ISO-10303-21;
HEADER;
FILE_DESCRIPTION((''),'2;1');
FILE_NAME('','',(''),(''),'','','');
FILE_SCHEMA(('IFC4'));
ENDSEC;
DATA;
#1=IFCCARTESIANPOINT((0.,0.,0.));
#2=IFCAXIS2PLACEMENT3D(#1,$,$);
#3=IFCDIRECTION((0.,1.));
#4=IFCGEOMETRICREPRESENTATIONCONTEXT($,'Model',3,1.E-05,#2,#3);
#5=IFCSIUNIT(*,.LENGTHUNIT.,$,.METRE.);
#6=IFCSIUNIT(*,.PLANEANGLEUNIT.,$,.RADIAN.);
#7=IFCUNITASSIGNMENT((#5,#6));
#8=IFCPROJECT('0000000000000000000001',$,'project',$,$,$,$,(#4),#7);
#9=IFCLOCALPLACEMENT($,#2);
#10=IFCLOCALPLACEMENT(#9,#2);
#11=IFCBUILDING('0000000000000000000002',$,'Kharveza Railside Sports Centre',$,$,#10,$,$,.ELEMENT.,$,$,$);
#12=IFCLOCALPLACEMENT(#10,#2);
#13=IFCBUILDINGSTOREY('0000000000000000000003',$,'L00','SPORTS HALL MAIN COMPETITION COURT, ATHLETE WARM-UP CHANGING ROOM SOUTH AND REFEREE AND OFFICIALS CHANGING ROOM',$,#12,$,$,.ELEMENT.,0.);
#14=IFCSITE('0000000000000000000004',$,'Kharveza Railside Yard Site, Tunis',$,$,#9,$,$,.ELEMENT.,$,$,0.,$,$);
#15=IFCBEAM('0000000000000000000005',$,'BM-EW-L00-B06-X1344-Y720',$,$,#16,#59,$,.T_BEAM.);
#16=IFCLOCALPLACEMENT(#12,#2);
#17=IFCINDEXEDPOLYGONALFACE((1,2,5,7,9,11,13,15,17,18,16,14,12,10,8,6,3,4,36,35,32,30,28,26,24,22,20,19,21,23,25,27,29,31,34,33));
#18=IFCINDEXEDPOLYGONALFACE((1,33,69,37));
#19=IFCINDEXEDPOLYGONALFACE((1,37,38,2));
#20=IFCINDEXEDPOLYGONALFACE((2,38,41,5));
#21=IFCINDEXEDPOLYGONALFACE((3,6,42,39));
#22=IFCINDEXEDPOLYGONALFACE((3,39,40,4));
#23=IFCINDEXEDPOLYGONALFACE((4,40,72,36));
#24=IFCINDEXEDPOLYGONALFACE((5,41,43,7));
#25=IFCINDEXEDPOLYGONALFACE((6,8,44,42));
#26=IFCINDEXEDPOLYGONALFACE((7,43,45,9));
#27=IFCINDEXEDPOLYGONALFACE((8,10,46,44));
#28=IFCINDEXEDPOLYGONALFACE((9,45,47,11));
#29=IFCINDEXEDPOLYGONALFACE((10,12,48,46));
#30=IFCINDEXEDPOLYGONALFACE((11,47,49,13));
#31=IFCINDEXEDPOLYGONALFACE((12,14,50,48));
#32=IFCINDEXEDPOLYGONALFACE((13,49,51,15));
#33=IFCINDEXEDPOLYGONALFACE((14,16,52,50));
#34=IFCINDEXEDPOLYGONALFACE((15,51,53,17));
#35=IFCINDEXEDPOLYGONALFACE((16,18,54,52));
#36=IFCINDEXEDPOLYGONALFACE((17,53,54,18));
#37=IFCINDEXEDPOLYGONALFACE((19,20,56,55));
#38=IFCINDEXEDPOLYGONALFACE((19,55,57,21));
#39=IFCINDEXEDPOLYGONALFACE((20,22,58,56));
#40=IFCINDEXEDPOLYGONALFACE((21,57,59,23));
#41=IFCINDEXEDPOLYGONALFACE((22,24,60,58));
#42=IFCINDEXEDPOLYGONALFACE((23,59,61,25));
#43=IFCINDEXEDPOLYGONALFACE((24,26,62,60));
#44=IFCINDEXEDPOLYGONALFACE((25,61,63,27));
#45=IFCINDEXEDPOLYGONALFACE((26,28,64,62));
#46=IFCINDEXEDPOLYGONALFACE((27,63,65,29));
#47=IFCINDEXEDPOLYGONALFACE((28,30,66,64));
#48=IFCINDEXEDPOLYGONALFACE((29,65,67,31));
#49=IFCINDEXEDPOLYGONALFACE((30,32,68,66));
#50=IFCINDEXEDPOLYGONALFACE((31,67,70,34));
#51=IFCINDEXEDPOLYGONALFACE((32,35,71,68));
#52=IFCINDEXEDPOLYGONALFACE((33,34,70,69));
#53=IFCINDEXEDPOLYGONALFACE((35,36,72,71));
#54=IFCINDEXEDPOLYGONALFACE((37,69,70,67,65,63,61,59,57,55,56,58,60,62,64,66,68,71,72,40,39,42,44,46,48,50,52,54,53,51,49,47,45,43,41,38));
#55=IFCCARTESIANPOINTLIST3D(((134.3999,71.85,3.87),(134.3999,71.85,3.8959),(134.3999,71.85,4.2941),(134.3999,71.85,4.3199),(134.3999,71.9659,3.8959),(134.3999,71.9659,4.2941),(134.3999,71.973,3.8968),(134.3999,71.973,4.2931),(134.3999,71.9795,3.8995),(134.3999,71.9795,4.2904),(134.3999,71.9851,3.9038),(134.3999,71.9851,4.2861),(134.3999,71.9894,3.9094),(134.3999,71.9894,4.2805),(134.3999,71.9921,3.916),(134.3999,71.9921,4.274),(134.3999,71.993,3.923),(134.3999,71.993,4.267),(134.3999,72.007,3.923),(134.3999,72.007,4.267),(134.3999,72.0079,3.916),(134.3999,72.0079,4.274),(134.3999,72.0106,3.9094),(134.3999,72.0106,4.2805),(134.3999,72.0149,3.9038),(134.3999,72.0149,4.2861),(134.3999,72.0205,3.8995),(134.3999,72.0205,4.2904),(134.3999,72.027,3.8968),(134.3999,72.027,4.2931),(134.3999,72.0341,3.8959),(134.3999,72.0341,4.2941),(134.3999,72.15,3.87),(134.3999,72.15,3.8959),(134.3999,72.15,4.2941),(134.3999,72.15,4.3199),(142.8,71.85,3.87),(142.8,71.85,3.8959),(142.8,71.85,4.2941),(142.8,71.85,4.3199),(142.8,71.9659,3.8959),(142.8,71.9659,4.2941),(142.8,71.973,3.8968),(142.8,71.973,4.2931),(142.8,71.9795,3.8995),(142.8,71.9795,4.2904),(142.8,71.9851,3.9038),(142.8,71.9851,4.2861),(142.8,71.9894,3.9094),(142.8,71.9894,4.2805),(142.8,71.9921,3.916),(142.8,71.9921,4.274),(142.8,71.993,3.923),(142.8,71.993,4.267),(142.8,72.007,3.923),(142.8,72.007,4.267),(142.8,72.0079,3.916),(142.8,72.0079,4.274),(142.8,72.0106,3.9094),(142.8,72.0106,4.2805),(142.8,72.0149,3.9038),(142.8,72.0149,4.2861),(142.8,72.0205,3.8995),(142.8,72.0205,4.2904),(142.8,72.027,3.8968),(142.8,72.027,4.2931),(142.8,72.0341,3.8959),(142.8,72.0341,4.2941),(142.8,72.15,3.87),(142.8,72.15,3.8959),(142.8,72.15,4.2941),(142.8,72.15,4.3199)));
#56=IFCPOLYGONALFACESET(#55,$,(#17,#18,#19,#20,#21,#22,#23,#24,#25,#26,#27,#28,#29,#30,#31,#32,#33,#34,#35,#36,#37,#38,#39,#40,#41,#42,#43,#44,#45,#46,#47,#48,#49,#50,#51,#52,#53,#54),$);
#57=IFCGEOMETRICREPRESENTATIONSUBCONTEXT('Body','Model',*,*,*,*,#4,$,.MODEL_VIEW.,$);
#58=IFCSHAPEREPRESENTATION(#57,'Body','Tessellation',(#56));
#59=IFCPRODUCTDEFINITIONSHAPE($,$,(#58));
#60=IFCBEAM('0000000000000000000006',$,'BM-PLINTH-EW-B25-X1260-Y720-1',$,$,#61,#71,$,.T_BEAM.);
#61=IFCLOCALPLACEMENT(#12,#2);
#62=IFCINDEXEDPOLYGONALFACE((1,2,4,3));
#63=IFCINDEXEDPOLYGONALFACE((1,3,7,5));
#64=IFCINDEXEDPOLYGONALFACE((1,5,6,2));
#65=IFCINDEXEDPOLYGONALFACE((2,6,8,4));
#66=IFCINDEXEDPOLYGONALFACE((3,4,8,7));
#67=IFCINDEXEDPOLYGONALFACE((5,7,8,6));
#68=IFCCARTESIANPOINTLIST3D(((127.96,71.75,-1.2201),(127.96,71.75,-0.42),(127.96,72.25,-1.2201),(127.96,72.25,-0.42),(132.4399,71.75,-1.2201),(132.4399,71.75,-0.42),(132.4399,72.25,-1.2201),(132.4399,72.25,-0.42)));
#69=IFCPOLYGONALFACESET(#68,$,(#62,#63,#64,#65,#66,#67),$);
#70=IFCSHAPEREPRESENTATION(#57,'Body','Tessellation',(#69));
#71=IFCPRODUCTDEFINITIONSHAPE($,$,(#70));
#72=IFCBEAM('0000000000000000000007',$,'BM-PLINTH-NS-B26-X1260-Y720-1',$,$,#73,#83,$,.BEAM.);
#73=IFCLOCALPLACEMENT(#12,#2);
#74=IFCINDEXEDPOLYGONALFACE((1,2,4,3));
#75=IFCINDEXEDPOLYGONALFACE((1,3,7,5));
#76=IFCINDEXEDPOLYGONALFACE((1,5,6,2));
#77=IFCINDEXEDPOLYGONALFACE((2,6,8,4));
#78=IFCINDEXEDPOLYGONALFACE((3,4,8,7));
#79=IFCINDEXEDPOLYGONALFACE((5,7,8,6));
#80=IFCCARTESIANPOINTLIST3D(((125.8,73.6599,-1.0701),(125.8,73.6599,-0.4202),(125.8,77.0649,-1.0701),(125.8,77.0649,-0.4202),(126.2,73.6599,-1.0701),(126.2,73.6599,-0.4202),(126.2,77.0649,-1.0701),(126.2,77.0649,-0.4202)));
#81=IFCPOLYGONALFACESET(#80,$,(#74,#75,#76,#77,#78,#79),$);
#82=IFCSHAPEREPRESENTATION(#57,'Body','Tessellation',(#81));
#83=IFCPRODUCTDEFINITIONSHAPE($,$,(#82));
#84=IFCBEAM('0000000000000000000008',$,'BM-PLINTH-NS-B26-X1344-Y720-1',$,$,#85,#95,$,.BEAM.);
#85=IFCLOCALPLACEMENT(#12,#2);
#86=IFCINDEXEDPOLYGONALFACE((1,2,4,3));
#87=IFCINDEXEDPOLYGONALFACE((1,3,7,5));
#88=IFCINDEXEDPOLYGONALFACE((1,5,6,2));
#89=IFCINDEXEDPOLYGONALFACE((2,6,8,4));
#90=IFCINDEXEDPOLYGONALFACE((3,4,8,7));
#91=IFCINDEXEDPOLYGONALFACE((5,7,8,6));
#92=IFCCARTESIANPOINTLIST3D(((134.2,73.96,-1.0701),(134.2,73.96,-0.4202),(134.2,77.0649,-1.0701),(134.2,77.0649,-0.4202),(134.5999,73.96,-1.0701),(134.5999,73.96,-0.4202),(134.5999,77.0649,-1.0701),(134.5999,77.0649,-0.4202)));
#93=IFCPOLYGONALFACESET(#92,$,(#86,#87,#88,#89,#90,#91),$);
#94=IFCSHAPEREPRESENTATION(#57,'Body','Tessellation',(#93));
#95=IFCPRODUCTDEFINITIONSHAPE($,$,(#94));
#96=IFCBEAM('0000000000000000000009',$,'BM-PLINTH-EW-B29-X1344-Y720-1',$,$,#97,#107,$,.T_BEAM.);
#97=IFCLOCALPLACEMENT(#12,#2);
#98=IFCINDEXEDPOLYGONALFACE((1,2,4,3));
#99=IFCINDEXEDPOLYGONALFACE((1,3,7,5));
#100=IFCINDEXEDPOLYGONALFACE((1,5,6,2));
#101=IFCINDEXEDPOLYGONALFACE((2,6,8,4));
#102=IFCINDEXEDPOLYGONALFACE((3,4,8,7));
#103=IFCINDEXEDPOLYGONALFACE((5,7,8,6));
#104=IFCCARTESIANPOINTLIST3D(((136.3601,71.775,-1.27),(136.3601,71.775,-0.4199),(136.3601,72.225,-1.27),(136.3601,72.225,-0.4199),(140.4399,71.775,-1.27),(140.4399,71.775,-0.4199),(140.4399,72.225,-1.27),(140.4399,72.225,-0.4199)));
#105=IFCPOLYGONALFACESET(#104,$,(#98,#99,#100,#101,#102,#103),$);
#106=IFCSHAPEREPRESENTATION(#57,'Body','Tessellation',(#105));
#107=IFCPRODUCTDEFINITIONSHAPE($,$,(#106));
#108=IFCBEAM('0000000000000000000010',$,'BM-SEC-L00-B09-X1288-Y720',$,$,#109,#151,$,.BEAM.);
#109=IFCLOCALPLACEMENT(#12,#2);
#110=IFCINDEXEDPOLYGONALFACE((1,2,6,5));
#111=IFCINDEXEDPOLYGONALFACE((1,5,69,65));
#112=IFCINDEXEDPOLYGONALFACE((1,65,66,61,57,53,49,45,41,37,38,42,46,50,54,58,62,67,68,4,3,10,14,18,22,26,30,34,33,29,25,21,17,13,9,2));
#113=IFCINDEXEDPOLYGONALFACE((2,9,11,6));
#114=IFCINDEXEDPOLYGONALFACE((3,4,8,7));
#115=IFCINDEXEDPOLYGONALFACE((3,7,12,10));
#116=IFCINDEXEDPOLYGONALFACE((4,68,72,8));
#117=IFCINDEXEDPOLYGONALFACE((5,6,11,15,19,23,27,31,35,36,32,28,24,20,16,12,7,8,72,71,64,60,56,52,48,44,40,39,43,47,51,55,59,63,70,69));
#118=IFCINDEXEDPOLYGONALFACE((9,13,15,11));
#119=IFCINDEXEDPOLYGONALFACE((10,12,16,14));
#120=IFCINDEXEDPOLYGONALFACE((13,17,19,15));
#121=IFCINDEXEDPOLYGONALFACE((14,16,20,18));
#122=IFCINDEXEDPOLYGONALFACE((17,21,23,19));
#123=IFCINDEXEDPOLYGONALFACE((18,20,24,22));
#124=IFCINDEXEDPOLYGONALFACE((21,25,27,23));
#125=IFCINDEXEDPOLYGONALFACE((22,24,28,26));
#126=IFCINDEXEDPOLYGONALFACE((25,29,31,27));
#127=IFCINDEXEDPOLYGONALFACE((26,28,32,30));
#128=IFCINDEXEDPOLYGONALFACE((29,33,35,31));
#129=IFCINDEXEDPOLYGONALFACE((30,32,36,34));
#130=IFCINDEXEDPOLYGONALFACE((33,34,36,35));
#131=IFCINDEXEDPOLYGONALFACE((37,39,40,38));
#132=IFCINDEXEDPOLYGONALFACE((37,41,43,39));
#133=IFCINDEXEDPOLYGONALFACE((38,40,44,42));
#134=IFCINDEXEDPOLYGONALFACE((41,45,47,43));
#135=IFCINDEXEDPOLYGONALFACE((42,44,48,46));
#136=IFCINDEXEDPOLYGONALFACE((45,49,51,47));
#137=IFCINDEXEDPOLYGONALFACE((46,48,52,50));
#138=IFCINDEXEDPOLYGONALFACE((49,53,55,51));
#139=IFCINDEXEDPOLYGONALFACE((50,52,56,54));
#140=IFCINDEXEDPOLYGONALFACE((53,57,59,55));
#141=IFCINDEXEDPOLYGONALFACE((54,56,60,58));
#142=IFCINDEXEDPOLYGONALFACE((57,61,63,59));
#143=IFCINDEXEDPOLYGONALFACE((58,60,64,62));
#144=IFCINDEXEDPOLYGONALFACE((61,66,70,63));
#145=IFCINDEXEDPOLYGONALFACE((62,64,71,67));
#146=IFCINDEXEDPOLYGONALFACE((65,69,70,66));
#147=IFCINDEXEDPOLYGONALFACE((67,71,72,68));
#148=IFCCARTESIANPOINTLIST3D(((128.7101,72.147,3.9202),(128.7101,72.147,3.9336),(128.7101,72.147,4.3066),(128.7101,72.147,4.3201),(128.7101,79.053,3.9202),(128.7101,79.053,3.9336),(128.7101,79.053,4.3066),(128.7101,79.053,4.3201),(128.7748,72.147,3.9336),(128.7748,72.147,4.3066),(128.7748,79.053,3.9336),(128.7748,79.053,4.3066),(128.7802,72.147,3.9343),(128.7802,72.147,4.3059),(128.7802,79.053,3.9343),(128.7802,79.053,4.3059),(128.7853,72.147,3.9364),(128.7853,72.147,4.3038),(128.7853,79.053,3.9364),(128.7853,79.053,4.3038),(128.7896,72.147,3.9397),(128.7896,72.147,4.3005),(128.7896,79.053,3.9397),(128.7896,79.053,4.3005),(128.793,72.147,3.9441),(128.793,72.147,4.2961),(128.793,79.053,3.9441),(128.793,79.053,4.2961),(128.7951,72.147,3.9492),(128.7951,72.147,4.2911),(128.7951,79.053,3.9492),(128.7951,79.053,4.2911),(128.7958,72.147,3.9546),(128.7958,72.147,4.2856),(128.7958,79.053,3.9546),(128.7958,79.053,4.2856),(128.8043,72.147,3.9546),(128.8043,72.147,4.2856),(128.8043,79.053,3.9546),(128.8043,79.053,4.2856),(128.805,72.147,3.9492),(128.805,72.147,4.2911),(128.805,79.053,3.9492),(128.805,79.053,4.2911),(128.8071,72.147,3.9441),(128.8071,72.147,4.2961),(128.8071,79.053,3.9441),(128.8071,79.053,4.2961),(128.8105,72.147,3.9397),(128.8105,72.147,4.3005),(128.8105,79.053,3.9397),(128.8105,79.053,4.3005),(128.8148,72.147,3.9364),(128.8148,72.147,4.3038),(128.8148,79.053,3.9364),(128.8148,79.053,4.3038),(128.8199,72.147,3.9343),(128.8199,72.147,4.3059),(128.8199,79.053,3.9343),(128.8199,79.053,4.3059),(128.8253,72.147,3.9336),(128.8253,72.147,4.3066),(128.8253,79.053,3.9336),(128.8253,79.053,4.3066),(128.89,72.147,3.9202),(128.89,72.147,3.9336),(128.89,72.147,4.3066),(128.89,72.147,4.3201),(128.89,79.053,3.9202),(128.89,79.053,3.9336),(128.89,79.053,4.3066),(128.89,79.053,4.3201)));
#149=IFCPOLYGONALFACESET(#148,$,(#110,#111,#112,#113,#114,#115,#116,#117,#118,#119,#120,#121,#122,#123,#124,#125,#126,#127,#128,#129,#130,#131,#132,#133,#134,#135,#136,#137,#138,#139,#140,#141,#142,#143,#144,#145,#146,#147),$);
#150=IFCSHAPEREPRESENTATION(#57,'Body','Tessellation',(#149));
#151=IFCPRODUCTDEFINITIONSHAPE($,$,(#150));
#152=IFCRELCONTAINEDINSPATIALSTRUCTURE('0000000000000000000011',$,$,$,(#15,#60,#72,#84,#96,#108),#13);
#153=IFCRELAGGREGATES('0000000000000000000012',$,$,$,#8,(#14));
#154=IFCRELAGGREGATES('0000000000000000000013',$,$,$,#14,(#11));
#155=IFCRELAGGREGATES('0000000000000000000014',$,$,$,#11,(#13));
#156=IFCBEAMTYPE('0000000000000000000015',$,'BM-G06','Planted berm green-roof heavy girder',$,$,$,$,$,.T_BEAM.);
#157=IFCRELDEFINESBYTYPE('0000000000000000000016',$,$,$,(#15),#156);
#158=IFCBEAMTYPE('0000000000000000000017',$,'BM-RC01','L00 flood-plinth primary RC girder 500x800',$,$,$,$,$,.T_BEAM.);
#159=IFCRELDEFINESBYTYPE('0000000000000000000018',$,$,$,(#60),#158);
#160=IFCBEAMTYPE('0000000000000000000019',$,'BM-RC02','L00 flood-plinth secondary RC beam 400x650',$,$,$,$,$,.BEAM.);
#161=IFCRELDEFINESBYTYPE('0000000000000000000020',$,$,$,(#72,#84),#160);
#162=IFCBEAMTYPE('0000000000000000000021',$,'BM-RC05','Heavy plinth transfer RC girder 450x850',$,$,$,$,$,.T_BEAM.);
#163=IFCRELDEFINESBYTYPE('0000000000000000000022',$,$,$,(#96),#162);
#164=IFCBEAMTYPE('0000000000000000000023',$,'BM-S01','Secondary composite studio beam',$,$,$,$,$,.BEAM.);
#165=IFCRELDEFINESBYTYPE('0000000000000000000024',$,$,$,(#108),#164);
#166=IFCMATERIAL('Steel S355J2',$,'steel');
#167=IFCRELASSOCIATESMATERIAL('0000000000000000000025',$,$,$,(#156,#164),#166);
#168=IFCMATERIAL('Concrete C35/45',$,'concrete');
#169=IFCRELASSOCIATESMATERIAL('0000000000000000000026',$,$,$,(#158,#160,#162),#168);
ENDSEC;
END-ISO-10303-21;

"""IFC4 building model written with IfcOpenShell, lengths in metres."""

from ifc_helpers import new_model, si_unit, direction, frame, origin, origin_2d, place, context, subcontext, project, spatial, rectangle, i_section, extrude, material, material_profile, profile_set, type_object, element, save


model = new_model("IFC4")

# Units and contexts
model_context = context("Model", 3, precision=1e-05, world=origin(), true_north=direction((0.0, 1.0)))
body_context = subcontext(model_context, "Body", "Model", "MODEL_VIEW")
ifc_project = project(units=[si_unit("LENGTHUNIT", "METRE"), si_unit("PLANEANGLEUNIT", "RADIAN")], contexts=[model_context])

# Site, building, storey
site_placement = place(None, origin())
site = spatial("IfcSite", under=ifc_project, at=site_placement, Name="Kharveza Railside Yard Site, Tunis", CompositionType="ELEMENT", RefElevation=0.0)
building_placement = place(site_placement, origin())
building = spatial("IfcBuilding", under=site, at=building_placement, Name="Kharveza Railside Sports Centre", CompositionType="ELEMENT")
storey_placement = place(building_placement, origin())
storey = spatial("IfcBuildingStorey", under=building, at=storey_placement, Name="L00", Description="SPORTS HALL MAIN COMPETITION COURT, ATHLETE WARM-UP CHANGING ROOM SOUTH AND REFEREE AND OFFICIALS CHANGING ROOM", CompositionType="ELEMENT", Elevation=0.0)

# Shared definitions
ifc_material_1 = material(Name="Concrete C35/45", Category="concrete")

# Shared definitions
ifc_material_2 = material(Name="Steel S355J2", Category="steel")

# Beams
ifc_material_profile_1 = material_profile(ifc_material_2, i_section(OverallWidth=0.3, OverallDepth=0.45, WebThickness=0.0139, FlangeThickness=0.0259, FilletRadius=0.0271, at=origin_2d()), Name="HEB 450")
ifc_profile_set_1 = profile_set([ifc_material_profile_1], Name="Steel S355J2")
beam_type_1 = type_object("IfcBeamType", Name="BM-G06", Description="Planted berm green-roof heavy girder", PredefinedType="T_BEAM", material=ifc_profile_set_1)
beam_1_placement = place(storey_placement, frame((134.3999, 72.0, 4.095), z_axis=(1.0, 0.0, 0.0), x_axis=(0.0, 1.0, 0.0)))
element("IfcBeam", 1, at=beam_1_placement, inside=storey, type_object=beam_type_1, Name="BM-EW-L00-B06-X1344-Y720", PredefinedType="T_BEAM", context=body_context, shape_type="SweptSolid", body=[
    extrude(i_section(OverallWidth=0.3, OverallDepth=0.45, WebThickness=0.0139, FlangeThickness=0.0259, FilletRadius=0.0271, at=origin_2d()), origin(), (0.0, 0.0, 1.0), 8.4001),
])
ifc_material_profile_2 = material_profile(ifc_material_1, rectangle(XDim=0.5, YDim=0.8, at=origin_2d()), Name="RCB 500x800")
ifc_profile_set_2 = profile_set([ifc_material_profile_2], Name="Concrete C35/45")
beam_type_2 = type_object("IfcBeamType", Name="BM-RC01", Description="L00 flood-plinth primary RC girder 500x800", PredefinedType="T_BEAM", material=ifc_profile_set_2)
beam_2_placement = place(storey_placement, frame((127.96, 72.0, -0.8201), z_axis=(1.0, 0.0, 0.0), x_axis=(0.0, 1.0, 0.0)))
element("IfcBeam", 2, at=beam_2_placement, inside=storey, type_object=beam_type_2, Name="BM-PLINTH-EW-B25-X1260-Y720-1", PredefinedType="T_BEAM", context=body_context, shape_type="SweptSolid", body=[
    extrude(rectangle(XDim=0.5, YDim=0.8, at=origin_2d()), origin(), (0.0, 0.0, 1.0), 4.48),
])
ifc_material_profile_3 = material_profile(ifc_material_1, rectangle(XDim=0.3999, YDim=0.6499, at=origin_2d()), Name="RCB 400x650")
ifc_profile_set_3 = profile_set([ifc_material_profile_3], Name="Concrete C35/45")
beam_type_3 = type_object("IfcBeamType", Name="BM-RC02", Description="L00 flood-plinth secondary RC beam 400x650", PredefinedType="BEAM", material=ifc_profile_set_3)
beam_3_placement = place(storey_placement, frame((126.0, 73.6599, -0.7451), z_axis=(0.0, 1.0, 0.0), x_axis=(-1.0, 0.0, 0.0)))
element("IfcBeam", 3, at=beam_3_placement, inside=storey, type_object=beam_type_3, Name="BM-PLINTH-NS-B26-X1260-Y720-1", PredefinedType="BEAM", context=body_context, shape_type="SweptSolid", body=[
    extrude(rectangle(XDim=0.3999, YDim=0.6499, at=origin_2d()), origin(), (0.0, 0.0, 1.0), 3.405),
])
beam_4_placement = place(storey_placement, frame((134.3999, 73.96, -0.7451), z_axis=(0.0, 1.0, 0.0), x_axis=(-1.0, 0.0, 0.0)))
element("IfcBeam", 4, at=beam_4_placement, inside=storey, type_object=beam_type_3, Name="BM-PLINTH-NS-B26-X1344-Y720-1", PredefinedType="BEAM", context=body_context, shape_type="SweptSolid", body=[
    extrude(rectangle(XDim=0.3999, YDim=0.6499, at=origin_2d()), origin(), (0.0, 0.0, 1.0), 3.105),
])
ifc_material_profile_4 = material_profile(ifc_material_1, rectangle(XDim=0.45, YDim=0.8501, at=origin_2d()), Name="RCB 450x850")
ifc_profile_set_4 = profile_set([ifc_material_profile_4], Name="Concrete C35/45")
beam_type_4 = type_object("IfcBeamType", Name="BM-RC05", Description="Heavy plinth transfer RC girder 450x850", PredefinedType="T_BEAM", material=ifc_profile_set_4)
beam_5_placement = place(storey_placement, frame((136.3601, 72.0, -0.845), z_axis=(1.0, 0.0, 0.0), x_axis=(0.0, 1.0, 0.0)))
element("IfcBeam", 5, at=beam_5_placement, inside=storey, type_object=beam_type_4, Name="BM-PLINTH-EW-B29-X1344-Y720-1", PredefinedType="T_BEAM", context=body_context, shape_type="SweptSolid", body=[
    extrude(rectangle(XDim=0.45, YDim=0.8501, at=origin_2d()), origin(), (0.0, 0.0, 1.0), 4.0798),
])
ifc_material_profile_5 = material_profile(ifc_material_2, i_section(OverallWidth=0.1799, OverallDepth=0.3999, WebThickness=0.0085, FlangeThickness=0.0134, FilletRadius=0.021, at=origin_2d()), Name="IPE 400")
ifc_profile_set_5 = profile_set([ifc_material_profile_5], Name="Steel S355J2")
beam_type_5 = type_object("IfcBeamType", Name="BM-S01", Description="Secondary composite studio beam", PredefinedType="BEAM", material=ifc_profile_set_5)
for number, where, z_axis, x_axis, name in (
    (6, (128.8, 72.147, 4.1201), (0.0, 1.0, 0.0), (-1.0, 0.0, 0.0), "BM-SEC-L00-B09-X1288-Y720"),
):
    element("IfcBeam", number, at=place(storey_placement, frame(where, z_axis=z_axis, x_axis=x_axis)), inside=storey, type_object=beam_type_5, Name=name, PredefinedType="BEAM", context=body_context, shape_type="SweptSolid", body=[
        extrude(i_section(OverallWidth=0.1799, OverallDepth=0.3999, WebThickness=0.0085, FlangeThickness=0.0134, FilletRadius=0.021, at=origin_2d()), origin(), (0.0, 0.0, 1.0), 6.906),
    ])

save(model, "model.ifc")
